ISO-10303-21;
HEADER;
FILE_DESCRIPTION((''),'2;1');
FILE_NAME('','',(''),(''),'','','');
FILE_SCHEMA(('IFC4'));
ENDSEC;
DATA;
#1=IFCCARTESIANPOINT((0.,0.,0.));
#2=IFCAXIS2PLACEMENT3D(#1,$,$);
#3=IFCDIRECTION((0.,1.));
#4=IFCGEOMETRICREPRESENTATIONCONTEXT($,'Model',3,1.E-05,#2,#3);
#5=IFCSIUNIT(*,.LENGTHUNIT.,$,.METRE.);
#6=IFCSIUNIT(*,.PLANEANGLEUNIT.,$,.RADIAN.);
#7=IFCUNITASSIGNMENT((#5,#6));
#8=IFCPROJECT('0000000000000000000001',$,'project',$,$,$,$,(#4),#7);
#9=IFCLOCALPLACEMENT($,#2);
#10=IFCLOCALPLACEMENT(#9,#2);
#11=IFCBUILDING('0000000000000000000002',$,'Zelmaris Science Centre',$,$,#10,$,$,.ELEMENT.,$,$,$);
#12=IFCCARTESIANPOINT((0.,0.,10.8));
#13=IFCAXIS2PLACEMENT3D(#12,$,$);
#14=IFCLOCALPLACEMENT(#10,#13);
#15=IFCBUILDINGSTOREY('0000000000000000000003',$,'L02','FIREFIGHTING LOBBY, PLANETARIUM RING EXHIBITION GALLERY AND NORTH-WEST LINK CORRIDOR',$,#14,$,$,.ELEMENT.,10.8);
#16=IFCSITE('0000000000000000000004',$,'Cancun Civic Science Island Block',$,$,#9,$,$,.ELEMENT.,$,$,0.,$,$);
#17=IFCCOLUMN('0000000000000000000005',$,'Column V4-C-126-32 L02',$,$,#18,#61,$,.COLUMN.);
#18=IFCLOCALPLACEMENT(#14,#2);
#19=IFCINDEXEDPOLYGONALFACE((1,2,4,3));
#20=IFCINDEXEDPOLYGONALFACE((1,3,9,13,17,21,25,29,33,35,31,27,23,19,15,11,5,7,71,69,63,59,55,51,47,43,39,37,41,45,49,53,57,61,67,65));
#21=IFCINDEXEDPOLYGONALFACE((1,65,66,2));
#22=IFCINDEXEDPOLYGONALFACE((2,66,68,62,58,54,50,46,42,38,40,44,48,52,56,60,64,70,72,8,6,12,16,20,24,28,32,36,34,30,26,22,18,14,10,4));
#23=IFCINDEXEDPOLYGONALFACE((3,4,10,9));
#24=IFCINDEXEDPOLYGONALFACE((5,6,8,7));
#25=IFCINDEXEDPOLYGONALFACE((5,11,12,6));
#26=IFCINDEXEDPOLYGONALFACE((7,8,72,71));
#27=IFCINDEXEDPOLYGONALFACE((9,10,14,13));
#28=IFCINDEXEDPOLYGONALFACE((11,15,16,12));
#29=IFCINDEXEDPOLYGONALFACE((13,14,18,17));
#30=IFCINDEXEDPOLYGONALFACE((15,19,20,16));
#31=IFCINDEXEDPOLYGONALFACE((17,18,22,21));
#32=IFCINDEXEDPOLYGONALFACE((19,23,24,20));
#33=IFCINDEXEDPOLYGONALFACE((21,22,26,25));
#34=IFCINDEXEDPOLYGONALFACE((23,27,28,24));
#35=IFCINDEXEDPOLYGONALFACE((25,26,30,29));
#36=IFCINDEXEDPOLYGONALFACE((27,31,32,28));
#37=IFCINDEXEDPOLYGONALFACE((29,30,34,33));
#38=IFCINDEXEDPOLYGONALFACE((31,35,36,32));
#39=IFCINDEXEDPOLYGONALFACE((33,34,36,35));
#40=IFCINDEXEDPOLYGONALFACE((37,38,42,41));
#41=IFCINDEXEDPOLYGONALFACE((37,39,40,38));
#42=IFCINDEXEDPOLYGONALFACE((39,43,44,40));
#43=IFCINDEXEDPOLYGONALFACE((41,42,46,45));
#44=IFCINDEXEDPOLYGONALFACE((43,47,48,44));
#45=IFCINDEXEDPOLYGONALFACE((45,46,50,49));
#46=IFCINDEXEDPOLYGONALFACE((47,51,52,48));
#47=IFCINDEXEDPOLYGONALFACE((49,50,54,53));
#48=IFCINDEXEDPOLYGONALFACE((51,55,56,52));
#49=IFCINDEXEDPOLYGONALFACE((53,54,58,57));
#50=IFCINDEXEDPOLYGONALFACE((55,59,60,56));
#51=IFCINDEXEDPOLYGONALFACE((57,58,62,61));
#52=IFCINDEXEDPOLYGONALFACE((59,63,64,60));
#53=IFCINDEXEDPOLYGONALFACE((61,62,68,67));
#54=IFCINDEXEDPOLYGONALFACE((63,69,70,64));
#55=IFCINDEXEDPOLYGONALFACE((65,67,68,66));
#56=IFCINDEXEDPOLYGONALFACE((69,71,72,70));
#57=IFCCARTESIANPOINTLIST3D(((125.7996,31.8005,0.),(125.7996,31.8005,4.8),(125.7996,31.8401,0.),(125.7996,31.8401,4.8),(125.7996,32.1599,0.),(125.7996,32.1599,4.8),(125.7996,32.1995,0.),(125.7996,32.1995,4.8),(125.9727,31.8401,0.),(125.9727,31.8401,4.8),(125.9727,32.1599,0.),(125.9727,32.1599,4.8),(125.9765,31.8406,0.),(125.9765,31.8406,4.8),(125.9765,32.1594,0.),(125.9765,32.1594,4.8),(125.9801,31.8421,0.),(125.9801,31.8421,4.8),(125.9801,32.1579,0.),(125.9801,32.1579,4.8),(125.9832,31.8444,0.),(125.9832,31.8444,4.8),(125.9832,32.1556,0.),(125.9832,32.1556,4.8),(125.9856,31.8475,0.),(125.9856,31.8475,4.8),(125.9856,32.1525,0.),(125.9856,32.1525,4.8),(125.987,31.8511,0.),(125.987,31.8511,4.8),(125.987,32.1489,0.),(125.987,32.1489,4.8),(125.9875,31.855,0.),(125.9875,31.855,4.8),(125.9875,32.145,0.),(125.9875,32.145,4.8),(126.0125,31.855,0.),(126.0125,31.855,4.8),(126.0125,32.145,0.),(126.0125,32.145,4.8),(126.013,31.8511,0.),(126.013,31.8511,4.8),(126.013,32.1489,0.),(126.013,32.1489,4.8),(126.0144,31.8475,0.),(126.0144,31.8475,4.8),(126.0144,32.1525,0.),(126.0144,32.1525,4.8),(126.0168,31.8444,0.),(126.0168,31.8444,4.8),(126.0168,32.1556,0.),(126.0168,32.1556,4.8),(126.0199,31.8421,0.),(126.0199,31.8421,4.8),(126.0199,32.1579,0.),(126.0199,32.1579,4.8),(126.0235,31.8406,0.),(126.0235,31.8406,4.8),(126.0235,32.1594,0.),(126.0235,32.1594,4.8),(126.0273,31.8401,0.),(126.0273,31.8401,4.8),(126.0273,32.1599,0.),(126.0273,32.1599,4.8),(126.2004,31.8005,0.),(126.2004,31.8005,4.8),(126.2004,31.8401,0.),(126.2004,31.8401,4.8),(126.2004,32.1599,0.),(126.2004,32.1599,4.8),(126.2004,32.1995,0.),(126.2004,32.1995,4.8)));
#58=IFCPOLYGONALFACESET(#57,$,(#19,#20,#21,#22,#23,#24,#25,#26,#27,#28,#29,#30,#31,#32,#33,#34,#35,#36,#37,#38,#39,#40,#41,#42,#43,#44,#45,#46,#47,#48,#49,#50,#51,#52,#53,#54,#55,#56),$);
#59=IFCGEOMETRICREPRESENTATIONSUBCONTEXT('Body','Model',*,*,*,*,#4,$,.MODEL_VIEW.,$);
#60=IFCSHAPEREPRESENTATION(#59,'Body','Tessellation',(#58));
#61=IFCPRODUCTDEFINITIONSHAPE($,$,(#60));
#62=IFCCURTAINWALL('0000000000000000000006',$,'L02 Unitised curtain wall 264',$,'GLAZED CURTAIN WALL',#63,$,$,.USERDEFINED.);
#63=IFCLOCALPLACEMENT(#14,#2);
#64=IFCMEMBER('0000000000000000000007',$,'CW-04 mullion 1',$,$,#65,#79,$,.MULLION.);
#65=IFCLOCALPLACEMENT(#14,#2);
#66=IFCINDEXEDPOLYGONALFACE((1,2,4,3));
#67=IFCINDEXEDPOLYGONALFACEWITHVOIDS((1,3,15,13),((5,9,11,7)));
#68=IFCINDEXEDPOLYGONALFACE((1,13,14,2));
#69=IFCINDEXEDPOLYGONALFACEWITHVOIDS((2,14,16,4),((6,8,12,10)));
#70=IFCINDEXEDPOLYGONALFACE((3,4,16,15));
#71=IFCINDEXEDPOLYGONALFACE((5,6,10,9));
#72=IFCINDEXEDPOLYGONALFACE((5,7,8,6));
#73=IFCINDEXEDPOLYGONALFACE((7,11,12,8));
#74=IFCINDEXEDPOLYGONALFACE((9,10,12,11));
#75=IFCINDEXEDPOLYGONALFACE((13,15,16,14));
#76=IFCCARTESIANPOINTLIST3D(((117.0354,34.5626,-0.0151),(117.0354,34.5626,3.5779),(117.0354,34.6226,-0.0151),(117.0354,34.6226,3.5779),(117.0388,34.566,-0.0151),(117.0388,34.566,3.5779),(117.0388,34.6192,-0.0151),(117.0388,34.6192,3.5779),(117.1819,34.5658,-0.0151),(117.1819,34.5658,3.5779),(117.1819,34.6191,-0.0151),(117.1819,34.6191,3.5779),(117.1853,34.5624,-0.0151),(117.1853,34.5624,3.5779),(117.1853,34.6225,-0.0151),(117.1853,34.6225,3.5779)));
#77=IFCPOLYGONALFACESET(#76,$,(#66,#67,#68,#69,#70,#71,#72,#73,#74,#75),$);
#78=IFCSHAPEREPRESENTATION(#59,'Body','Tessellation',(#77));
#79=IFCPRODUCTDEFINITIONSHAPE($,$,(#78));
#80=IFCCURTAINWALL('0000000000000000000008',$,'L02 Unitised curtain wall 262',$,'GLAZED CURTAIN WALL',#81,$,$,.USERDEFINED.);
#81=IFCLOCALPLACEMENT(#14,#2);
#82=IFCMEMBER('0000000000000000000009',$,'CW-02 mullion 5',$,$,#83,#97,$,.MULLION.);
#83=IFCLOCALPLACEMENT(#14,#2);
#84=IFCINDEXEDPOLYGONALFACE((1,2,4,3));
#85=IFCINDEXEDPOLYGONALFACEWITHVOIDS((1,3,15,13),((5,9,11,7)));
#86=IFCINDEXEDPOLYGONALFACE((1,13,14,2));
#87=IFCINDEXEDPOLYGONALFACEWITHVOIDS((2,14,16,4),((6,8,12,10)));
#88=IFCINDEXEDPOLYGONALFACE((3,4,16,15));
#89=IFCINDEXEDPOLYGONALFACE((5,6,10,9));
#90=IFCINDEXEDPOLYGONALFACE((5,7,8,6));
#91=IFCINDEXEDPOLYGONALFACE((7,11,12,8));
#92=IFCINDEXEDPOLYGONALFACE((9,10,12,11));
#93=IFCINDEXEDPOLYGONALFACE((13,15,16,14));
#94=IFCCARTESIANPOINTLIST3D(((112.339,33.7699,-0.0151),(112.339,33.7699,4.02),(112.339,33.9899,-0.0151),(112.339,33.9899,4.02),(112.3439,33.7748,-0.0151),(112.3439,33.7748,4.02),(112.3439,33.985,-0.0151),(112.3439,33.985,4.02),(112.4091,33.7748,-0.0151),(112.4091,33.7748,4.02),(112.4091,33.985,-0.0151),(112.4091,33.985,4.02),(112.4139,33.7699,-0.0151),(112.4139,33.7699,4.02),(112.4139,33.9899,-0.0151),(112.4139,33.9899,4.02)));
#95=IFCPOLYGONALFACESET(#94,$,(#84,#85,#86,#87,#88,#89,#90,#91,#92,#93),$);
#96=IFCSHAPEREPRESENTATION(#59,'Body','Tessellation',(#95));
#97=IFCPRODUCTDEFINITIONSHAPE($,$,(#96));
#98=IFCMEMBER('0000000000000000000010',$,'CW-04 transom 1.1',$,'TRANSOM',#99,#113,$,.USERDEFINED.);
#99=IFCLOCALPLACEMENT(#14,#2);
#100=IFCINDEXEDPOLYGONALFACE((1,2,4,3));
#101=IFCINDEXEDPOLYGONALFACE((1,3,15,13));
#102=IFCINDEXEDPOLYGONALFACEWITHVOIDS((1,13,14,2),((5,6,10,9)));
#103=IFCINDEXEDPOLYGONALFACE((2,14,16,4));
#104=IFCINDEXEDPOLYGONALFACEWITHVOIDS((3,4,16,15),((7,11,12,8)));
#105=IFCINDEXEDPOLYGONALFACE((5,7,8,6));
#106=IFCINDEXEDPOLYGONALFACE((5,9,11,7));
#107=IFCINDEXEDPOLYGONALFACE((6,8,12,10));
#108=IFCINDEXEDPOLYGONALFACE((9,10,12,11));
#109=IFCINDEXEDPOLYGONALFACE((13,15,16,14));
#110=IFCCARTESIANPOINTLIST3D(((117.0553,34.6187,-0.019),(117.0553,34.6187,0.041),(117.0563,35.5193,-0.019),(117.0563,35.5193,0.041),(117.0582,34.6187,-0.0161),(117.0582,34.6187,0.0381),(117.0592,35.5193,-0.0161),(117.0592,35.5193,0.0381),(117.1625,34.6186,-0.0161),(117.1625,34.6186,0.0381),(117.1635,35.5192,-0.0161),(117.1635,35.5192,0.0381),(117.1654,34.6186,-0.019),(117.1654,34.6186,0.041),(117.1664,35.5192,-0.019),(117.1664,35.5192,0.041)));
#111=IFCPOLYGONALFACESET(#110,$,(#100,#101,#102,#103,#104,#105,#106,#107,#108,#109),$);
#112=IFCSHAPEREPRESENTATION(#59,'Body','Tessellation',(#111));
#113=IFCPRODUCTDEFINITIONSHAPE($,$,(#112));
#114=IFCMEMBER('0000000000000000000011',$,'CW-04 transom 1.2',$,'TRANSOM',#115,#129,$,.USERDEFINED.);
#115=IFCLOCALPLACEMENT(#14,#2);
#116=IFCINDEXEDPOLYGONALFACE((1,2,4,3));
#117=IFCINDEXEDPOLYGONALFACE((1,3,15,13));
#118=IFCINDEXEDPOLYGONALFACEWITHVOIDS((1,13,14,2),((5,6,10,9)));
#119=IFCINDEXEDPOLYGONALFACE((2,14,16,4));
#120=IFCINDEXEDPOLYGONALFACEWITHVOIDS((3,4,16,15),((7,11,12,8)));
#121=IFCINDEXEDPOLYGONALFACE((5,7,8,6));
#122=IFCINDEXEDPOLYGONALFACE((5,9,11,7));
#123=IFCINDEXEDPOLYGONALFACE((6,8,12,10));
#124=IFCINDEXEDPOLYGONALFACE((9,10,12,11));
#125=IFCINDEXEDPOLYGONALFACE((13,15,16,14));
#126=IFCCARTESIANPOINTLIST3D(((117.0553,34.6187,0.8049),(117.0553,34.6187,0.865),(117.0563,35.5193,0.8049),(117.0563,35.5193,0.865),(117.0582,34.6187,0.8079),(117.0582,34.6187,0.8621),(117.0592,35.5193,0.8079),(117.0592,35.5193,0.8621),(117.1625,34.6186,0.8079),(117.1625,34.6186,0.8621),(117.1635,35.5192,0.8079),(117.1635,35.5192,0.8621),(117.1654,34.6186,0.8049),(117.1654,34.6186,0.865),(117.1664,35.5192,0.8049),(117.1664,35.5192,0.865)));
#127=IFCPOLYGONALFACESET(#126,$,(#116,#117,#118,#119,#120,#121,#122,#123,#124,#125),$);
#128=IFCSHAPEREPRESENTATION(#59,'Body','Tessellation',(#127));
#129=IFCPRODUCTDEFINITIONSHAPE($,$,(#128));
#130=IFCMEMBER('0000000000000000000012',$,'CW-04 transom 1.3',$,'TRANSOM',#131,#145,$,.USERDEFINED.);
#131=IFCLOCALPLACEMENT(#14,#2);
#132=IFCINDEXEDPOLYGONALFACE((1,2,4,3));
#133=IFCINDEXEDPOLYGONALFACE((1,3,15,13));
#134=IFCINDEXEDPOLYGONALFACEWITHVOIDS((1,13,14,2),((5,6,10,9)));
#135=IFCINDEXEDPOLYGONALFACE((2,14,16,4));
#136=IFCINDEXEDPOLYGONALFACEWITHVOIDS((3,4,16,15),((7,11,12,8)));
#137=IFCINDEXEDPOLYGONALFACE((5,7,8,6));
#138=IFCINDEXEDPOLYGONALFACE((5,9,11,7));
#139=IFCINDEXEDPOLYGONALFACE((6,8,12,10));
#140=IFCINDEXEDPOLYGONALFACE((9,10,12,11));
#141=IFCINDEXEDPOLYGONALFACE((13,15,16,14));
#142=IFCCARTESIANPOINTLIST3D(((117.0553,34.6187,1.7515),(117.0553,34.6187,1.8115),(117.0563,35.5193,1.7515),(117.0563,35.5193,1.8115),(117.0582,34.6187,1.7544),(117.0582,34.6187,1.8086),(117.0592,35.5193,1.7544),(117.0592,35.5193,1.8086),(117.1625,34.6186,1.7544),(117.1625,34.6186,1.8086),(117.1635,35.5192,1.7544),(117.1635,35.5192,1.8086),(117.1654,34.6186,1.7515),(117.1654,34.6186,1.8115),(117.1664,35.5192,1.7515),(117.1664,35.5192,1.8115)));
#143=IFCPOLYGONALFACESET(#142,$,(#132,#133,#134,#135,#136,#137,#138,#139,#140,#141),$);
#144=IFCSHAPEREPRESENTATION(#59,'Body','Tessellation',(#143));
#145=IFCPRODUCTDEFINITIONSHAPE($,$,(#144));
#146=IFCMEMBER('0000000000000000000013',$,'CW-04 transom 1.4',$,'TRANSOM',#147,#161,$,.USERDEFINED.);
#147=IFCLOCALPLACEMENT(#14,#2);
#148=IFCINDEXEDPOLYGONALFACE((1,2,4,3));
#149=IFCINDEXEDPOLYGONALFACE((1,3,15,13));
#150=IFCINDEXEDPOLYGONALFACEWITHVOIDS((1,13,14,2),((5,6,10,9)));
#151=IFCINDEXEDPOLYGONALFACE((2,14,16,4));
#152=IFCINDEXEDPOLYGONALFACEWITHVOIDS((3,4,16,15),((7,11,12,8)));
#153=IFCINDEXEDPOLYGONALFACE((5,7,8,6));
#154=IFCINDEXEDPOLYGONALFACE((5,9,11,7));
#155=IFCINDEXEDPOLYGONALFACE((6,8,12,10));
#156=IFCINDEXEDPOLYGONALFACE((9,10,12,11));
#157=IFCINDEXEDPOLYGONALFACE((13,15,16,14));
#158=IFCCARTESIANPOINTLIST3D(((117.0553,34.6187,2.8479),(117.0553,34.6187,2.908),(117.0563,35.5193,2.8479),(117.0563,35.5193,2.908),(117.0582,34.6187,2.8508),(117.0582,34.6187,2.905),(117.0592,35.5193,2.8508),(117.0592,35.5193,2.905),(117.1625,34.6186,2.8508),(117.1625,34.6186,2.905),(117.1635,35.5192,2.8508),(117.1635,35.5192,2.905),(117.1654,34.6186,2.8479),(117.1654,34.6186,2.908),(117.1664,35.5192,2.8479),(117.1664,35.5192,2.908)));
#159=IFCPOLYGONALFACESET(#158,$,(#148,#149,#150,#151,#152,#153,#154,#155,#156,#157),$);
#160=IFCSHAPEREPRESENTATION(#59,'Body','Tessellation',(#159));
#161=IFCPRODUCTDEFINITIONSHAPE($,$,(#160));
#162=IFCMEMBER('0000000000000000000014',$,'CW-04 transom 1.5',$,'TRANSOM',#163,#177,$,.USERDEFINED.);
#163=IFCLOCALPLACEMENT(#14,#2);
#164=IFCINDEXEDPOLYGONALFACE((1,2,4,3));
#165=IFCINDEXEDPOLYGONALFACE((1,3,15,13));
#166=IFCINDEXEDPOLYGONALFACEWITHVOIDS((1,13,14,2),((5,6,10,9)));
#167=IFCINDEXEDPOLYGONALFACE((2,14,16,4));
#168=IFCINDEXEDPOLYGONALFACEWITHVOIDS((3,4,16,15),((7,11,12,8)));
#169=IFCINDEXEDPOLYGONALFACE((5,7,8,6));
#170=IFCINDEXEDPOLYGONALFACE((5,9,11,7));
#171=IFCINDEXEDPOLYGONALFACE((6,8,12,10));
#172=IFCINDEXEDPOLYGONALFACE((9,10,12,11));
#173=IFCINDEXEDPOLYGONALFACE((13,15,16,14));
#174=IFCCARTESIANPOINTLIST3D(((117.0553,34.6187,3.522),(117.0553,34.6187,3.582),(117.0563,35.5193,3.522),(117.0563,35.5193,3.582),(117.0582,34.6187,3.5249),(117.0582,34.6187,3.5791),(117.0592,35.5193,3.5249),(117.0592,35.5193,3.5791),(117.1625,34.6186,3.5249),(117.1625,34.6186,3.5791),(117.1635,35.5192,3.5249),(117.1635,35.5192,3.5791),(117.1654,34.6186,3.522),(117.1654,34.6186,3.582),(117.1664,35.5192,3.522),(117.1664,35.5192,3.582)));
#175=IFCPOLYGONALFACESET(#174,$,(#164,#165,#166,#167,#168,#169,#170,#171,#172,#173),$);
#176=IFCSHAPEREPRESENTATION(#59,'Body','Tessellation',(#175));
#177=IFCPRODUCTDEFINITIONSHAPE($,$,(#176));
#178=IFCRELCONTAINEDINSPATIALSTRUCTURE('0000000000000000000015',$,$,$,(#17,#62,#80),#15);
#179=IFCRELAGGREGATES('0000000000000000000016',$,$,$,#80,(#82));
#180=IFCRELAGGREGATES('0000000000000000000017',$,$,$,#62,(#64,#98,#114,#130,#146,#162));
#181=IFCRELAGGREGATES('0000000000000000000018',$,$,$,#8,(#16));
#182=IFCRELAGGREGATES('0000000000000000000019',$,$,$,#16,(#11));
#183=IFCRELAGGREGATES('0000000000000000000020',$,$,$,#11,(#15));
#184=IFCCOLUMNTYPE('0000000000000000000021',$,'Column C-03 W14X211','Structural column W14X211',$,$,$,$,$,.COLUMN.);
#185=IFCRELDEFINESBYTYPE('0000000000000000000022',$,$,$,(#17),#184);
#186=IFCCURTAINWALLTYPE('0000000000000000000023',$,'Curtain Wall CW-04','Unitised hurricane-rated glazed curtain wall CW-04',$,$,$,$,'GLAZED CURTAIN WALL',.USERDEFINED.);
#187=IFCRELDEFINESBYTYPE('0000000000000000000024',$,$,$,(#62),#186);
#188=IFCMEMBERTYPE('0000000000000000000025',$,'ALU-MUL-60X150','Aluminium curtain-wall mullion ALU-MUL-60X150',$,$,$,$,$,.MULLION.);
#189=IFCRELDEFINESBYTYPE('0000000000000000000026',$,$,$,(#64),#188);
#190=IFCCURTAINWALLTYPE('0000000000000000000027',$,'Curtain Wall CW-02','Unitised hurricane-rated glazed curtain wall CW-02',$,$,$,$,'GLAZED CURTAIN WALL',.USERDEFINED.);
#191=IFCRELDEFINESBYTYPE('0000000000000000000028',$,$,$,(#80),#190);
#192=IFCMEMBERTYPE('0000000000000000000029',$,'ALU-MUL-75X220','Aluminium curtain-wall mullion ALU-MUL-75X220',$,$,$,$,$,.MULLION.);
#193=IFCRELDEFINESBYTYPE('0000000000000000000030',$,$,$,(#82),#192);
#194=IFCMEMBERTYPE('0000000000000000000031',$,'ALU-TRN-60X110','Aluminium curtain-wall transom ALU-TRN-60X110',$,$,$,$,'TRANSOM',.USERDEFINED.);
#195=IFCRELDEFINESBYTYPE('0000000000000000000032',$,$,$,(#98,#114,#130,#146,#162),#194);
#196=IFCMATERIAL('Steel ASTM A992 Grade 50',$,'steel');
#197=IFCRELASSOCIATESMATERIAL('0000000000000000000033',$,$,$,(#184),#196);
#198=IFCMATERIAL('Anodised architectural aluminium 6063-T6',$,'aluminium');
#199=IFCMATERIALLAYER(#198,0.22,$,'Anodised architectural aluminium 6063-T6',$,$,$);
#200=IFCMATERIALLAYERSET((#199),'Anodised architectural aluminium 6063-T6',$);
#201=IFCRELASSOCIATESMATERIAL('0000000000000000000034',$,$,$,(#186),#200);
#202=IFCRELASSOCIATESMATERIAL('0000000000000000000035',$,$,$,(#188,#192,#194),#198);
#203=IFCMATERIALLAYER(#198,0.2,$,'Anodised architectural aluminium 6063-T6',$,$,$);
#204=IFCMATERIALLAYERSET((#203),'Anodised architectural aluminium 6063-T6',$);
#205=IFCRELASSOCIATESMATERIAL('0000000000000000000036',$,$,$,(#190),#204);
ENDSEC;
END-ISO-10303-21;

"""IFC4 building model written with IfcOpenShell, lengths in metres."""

from ifc_helpers import new_model, si_unit, direction, frame, origin, origin_2d, place, context, subcontext, project, spatial, hollow_rectangle, i_section, extrude, material, layer, layer_set, material_profile, profile_set, type_object, element, aggregate, save


model = new_model("IFC4")

# Units and contexts
model_context = context("Model", 3, precision=1e-05, world=origin(), true_north=direction((0.0, 1.0)))
body_context = subcontext(model_context, "Body", "Model", "MODEL_VIEW")
ifc_project = project(units=[si_unit("LENGTHUNIT", "METRE"), si_unit("PLANEANGLEUNIT", "RADIAN")], contexts=[model_context])

# Site, building, storey
site_placement = place(None, origin())
site = spatial("IfcSite", under=ifc_project, at=site_placement, Name="Cancun Civic Science Island Block", CompositionType="ELEMENT", RefElevation=0.0)
building_placement = place(site_placement, origin())
building = spatial("IfcBuilding", under=site, at=building_placement, Name="Zelmaris Science Centre", CompositionType="ELEMENT")
storey_placement = place(building_placement, frame((0.0, 0.0, 10.8)))
storey = spatial("IfcBuildingStorey", under=building, at=storey_placement, Name="L02", Description="FIREFIGHTING LOBBY, PLANETARIUM RING EXHIBITION GALLERY AND NORTH-WEST LINK CORRIDOR", CompositionType="ELEMENT", Elevation=10.8)

# Column
ifc_material_1 = material(Name="Steel ASTM A992 Grade 50", Category="steel")
ifc_material_profile_1 = material_profile(ifc_material_1, i_section(OverallWidth=0.4009, OverallDepth=0.3989, WebThickness=0.0249, FlangeThickness=0.0396, FilletRadius=0.0149, at=origin_2d()), Name="W14X211")
ifc_profile_set_1 = profile_set([ifc_material_profile_1], Name="Steel ASTM A992 Grade 50")
column_type = type_object("IfcColumnType", Name="Column C-03 W14X211", Description="Structural column W14X211", PredefinedType="COLUMN", material=ifc_profile_set_1)
column_placement = place(storey_placement, frame((126.0, 32.0, 0.0), z_axis=(0.0, 0.0, 1.0), x_axis=(1.0, 0.0, 0.0)))
element("IfcColumn", 1, at=column_placement, inside=storey, type_object=column_type, Name="Column V4-C-126-32 L02", PredefinedType="COLUMN", context=body_context, shape_type="SweptSolid", body=[
    extrude(i_section(OverallWidth=0.4009, OverallDepth=0.3989, WebThickness=0.0249, FlangeThickness=0.0396, FilletRadius=0.0149, at=origin_2d()), origin(), (0.0, 0.0, 1.0), 4.8),
])

# Curtain walls, members
ifc_material_2 = material(Name="Anodised architectural aluminium 6063-T6", Category="aluminium")
ifc_layer_1 = layer(ifc_material_2, 0.22, Name="Anodised architectural aluminium 6063-T6")
ifc_layer_set_1 = layer_set([ifc_layer_1], Name="Anodised architectural aluminium 6063-T6")
curtain_wall_type_1 = type_object("IfcCurtainWallType", Name="Curtain Wall CW-04", Description="Unitised hurricane-rated glazed curtain wall CW-04", ElementType="GLAZED CURTAIN WALL", PredefinedType="USERDEFINED", material=ifc_layer_set_1)
curtain_wall_1_placement = place(storey_placement, origin())
curtain_wall_1 = element("IfcCurtainWall", 2, at=curtain_wall_1_placement, inside=storey, type_object=curtain_wall_type_1, Name="L02 Unitised curtain wall 264", ObjectType="GLAZED CURTAIN WALL", PredefinedType="USERDEFINED")
ifc_material_profile_2 = material_profile(ifc_material_2, hollow_rectangle(XDim=0.0601, YDim=0.1499, WallThickness=0.0034, at=origin_2d()), Name="ALU-MUL-60X150")
ifc_profile_set_2 = profile_set([ifc_material_profile_2], Name="Anodised architectural aluminium 6063-T6")
member_type_1 = type_object("IfcMemberType", Name="ALU-MUL-60X150", Description="Aluminium curtain-wall mullion ALU-MUL-60X150", PredefinedType="MULLION", material=ifc_profile_set_2)
member_1_placement = place(storey_placement, frame((117.1104, 34.5925, -0.0151), z_axis=(0.0, 0.0, 1.0), x_axis=(0.001019, 0.999999, 0.0)))
member_1 = element("IfcMember", 3, at=member_1_placement, type_object=member_type_1, Name="CW-04 mullion 1", PredefinedType="MULLION", context=body_context, shape_type="SweptSolid", body=[
    extrude(hollow_rectangle(XDim=0.0601, YDim=0.1499, WallThickness=0.0034, at=origin_2d()), origin(), (0.0, 0.0, 1.0), 3.593),
])
ifc_layer_2 = layer(ifc_material_2, 0.2, Name="Anodised architectural aluminium 6063-T6")
ifc_layer_set_2 = layer_set([ifc_layer_2], Name="Anodised architectural aluminium 6063-T6")
curtain_wall_type_2 = type_object("IfcCurtainWallType", Name="Curtain Wall CW-02", Description="Unitised hurricane-rated glazed curtain wall CW-02", ElementType="GLAZED CURTAIN WALL", PredefinedType="USERDEFINED", material=ifc_layer_set_2)
curtain_wall_2_placement = place(storey_placement, origin())
curtain_wall_2 = element("IfcCurtainWall", 4, at=curtain_wall_2_placement, inside=storey, type_object=curtain_wall_type_2, Name="L02 Unitised curtain wall 262", ObjectType="GLAZED CURTAIN WALL", PredefinedType="USERDEFINED")
ifc_material_profile_3 = material_profile(ifc_material_2, hollow_rectangle(XDim=0.075, YDim=0.22, WallThickness=0.0049, at=origin_2d()), Name="ALU-MUL-75X220")
ifc_profile_set_3 = profile_set([ifc_material_profile_3], Name="Anodised architectural aluminium 6063-T6")
member_type_2 = type_object("IfcMemberType", Name="ALU-MUL-75X220", Description="Aluminium curtain-wall mullion ALU-MUL-75X220", PredefinedType="MULLION", material=ifc_profile_set_3)
member_2_placement = place(storey_placement, frame((112.3765, 33.8799, -0.0151), z_axis=(0.0, 0.0, 1.0), x_axis=(1.0, 0.000007, 0.0)))
member_2 = element("IfcMember", 5, at=member_2_placement, type_object=member_type_2, Name="CW-02 mullion 5", PredefinedType="MULLION", context=body_context, shape_type="SweptSolid", body=[
    extrude(hollow_rectangle(XDim=0.075, YDim=0.22, WallThickness=0.0049, at=origin_2d()), origin(), (0.0, 0.0, 1.0), 4.0352),
])

# Members
ifc_material_profile_4 = material_profile(ifc_material_2, hollow_rectangle(XDim=0.0601, YDim=0.1101, WallThickness=0.0029, at=origin_2d()), Name="ALU-TRN-60X110")
ifc_profile_set_4 = profile_set([ifc_material_profile_4], Name="Anodised architectural aluminium 6063-T6")
member_type_3 = type_object("IfcMemberType", Name="ALU-TRN-60X110", Description="Aluminium curtain-wall transom ALU-TRN-60X110", ElementType="TRANSOM", PredefinedType="USERDEFINED", material=ifc_profile_set_4)
member_3_placement = place(storey_placement, frame((117.1104, 34.6187, 0.011), z_axis=(0.001084, 0.999999, 0.0), x_axis=(0.0, 0.0, 1.0)))
member_3 = element("IfcMember", 6, at=member_3_placement, type_object=member_type_3, Name="CW-04 transom 1.1", ObjectType="TRANSOM", PredefinedType="USERDEFINED", context=body_context, shape_type="SweptSolid", body=[
    extrude(hollow_rectangle(XDim=0.0601, YDim=0.1101, WallThickness=0.0029, at=origin_2d()), origin(), (0.0, 0.0, 1.0), 0.9006),
])
member_4_placement = place(storey_placement, frame((117.1104, 34.6187, 0.835), z_axis=(0.001084, 0.999999, 0.0), x_axis=(0.0, 0.0, 1.0)))
member_4 = element("IfcMember", 7, at=member_4_placement, type_object=member_type_3, Name="CW-04 transom 1.2", ObjectType="TRANSOM", PredefinedType="USERDEFINED", context=body_context, shape_type="SweptSolid", body=[
    extrude(hollow_rectangle(XDim=0.0601, YDim=0.1101, WallThickness=0.0029, at=origin_2d()), origin(), (0.0, 0.0, 1.0), 0.9006),
])
member_5_placement = place(storey_placement, frame((117.1104, 34.6187, 1.7815), z_axis=(0.001084, 0.999999, 0.0), x_axis=(0.0, 0.0, 1.0)))
member_5 = element("IfcMember", 8, at=member_5_placement, type_object=member_type_3, Name="CW-04 transom 1.3", ObjectType="TRANSOM", PredefinedType="USERDEFINED", context=body_context, shape_type="SweptSolid", body=[
    extrude(hollow_rectangle(XDim=0.0601, YDim=0.1101, WallThickness=0.0029, at=origin_2d()), origin(), (0.0, 0.0, 1.0), 0.9006),
])
member_6_placement = place(storey_placement, frame((117.1104, 34.6187, 2.8779), z_axis=(0.001084, 0.999999, 0.0), x_axis=(0.0, 0.0, 1.0)))
member_6 = element("IfcMember", 9, at=member_6_placement, type_object=member_type_3, Name="CW-04 transom 1.4", ObjectType="TRANSOM", PredefinedType="USERDEFINED", context=body_context, shape_type="SweptSolid", body=[
    extrude(hollow_rectangle(XDim=0.0601, YDim=0.1101, WallThickness=0.0029, at=origin_2d()), origin(), (0.0, 0.0, 1.0), 0.9006),
])
member_7_placement = place(storey_placement, frame((117.1104, 34.6187, 3.552), z_axis=(0.001084, 0.999999, 0.0), x_axis=(0.0, 0.0, 1.0)))
member_7 = element("IfcMember", 10, at=member_7_placement, type_object=member_type_3, Name="CW-04 transom 1.5", ObjectType="TRANSOM", PredefinedType="USERDEFINED", context=body_context, shape_type="SweptSolid", body=[
    extrude(hollow_rectangle(XDim=0.0601, YDim=0.1101, WallThickness=0.0029, at=origin_2d()), origin(), (0.0, 0.0, 1.0), 0.9006),
])

aggregate(curtain_wall_2, [member_2])
aggregate(curtain_wall_1, [member_1, member_3, member_4, member_5, member_6, member_7])

save(model, "model.ifc")
